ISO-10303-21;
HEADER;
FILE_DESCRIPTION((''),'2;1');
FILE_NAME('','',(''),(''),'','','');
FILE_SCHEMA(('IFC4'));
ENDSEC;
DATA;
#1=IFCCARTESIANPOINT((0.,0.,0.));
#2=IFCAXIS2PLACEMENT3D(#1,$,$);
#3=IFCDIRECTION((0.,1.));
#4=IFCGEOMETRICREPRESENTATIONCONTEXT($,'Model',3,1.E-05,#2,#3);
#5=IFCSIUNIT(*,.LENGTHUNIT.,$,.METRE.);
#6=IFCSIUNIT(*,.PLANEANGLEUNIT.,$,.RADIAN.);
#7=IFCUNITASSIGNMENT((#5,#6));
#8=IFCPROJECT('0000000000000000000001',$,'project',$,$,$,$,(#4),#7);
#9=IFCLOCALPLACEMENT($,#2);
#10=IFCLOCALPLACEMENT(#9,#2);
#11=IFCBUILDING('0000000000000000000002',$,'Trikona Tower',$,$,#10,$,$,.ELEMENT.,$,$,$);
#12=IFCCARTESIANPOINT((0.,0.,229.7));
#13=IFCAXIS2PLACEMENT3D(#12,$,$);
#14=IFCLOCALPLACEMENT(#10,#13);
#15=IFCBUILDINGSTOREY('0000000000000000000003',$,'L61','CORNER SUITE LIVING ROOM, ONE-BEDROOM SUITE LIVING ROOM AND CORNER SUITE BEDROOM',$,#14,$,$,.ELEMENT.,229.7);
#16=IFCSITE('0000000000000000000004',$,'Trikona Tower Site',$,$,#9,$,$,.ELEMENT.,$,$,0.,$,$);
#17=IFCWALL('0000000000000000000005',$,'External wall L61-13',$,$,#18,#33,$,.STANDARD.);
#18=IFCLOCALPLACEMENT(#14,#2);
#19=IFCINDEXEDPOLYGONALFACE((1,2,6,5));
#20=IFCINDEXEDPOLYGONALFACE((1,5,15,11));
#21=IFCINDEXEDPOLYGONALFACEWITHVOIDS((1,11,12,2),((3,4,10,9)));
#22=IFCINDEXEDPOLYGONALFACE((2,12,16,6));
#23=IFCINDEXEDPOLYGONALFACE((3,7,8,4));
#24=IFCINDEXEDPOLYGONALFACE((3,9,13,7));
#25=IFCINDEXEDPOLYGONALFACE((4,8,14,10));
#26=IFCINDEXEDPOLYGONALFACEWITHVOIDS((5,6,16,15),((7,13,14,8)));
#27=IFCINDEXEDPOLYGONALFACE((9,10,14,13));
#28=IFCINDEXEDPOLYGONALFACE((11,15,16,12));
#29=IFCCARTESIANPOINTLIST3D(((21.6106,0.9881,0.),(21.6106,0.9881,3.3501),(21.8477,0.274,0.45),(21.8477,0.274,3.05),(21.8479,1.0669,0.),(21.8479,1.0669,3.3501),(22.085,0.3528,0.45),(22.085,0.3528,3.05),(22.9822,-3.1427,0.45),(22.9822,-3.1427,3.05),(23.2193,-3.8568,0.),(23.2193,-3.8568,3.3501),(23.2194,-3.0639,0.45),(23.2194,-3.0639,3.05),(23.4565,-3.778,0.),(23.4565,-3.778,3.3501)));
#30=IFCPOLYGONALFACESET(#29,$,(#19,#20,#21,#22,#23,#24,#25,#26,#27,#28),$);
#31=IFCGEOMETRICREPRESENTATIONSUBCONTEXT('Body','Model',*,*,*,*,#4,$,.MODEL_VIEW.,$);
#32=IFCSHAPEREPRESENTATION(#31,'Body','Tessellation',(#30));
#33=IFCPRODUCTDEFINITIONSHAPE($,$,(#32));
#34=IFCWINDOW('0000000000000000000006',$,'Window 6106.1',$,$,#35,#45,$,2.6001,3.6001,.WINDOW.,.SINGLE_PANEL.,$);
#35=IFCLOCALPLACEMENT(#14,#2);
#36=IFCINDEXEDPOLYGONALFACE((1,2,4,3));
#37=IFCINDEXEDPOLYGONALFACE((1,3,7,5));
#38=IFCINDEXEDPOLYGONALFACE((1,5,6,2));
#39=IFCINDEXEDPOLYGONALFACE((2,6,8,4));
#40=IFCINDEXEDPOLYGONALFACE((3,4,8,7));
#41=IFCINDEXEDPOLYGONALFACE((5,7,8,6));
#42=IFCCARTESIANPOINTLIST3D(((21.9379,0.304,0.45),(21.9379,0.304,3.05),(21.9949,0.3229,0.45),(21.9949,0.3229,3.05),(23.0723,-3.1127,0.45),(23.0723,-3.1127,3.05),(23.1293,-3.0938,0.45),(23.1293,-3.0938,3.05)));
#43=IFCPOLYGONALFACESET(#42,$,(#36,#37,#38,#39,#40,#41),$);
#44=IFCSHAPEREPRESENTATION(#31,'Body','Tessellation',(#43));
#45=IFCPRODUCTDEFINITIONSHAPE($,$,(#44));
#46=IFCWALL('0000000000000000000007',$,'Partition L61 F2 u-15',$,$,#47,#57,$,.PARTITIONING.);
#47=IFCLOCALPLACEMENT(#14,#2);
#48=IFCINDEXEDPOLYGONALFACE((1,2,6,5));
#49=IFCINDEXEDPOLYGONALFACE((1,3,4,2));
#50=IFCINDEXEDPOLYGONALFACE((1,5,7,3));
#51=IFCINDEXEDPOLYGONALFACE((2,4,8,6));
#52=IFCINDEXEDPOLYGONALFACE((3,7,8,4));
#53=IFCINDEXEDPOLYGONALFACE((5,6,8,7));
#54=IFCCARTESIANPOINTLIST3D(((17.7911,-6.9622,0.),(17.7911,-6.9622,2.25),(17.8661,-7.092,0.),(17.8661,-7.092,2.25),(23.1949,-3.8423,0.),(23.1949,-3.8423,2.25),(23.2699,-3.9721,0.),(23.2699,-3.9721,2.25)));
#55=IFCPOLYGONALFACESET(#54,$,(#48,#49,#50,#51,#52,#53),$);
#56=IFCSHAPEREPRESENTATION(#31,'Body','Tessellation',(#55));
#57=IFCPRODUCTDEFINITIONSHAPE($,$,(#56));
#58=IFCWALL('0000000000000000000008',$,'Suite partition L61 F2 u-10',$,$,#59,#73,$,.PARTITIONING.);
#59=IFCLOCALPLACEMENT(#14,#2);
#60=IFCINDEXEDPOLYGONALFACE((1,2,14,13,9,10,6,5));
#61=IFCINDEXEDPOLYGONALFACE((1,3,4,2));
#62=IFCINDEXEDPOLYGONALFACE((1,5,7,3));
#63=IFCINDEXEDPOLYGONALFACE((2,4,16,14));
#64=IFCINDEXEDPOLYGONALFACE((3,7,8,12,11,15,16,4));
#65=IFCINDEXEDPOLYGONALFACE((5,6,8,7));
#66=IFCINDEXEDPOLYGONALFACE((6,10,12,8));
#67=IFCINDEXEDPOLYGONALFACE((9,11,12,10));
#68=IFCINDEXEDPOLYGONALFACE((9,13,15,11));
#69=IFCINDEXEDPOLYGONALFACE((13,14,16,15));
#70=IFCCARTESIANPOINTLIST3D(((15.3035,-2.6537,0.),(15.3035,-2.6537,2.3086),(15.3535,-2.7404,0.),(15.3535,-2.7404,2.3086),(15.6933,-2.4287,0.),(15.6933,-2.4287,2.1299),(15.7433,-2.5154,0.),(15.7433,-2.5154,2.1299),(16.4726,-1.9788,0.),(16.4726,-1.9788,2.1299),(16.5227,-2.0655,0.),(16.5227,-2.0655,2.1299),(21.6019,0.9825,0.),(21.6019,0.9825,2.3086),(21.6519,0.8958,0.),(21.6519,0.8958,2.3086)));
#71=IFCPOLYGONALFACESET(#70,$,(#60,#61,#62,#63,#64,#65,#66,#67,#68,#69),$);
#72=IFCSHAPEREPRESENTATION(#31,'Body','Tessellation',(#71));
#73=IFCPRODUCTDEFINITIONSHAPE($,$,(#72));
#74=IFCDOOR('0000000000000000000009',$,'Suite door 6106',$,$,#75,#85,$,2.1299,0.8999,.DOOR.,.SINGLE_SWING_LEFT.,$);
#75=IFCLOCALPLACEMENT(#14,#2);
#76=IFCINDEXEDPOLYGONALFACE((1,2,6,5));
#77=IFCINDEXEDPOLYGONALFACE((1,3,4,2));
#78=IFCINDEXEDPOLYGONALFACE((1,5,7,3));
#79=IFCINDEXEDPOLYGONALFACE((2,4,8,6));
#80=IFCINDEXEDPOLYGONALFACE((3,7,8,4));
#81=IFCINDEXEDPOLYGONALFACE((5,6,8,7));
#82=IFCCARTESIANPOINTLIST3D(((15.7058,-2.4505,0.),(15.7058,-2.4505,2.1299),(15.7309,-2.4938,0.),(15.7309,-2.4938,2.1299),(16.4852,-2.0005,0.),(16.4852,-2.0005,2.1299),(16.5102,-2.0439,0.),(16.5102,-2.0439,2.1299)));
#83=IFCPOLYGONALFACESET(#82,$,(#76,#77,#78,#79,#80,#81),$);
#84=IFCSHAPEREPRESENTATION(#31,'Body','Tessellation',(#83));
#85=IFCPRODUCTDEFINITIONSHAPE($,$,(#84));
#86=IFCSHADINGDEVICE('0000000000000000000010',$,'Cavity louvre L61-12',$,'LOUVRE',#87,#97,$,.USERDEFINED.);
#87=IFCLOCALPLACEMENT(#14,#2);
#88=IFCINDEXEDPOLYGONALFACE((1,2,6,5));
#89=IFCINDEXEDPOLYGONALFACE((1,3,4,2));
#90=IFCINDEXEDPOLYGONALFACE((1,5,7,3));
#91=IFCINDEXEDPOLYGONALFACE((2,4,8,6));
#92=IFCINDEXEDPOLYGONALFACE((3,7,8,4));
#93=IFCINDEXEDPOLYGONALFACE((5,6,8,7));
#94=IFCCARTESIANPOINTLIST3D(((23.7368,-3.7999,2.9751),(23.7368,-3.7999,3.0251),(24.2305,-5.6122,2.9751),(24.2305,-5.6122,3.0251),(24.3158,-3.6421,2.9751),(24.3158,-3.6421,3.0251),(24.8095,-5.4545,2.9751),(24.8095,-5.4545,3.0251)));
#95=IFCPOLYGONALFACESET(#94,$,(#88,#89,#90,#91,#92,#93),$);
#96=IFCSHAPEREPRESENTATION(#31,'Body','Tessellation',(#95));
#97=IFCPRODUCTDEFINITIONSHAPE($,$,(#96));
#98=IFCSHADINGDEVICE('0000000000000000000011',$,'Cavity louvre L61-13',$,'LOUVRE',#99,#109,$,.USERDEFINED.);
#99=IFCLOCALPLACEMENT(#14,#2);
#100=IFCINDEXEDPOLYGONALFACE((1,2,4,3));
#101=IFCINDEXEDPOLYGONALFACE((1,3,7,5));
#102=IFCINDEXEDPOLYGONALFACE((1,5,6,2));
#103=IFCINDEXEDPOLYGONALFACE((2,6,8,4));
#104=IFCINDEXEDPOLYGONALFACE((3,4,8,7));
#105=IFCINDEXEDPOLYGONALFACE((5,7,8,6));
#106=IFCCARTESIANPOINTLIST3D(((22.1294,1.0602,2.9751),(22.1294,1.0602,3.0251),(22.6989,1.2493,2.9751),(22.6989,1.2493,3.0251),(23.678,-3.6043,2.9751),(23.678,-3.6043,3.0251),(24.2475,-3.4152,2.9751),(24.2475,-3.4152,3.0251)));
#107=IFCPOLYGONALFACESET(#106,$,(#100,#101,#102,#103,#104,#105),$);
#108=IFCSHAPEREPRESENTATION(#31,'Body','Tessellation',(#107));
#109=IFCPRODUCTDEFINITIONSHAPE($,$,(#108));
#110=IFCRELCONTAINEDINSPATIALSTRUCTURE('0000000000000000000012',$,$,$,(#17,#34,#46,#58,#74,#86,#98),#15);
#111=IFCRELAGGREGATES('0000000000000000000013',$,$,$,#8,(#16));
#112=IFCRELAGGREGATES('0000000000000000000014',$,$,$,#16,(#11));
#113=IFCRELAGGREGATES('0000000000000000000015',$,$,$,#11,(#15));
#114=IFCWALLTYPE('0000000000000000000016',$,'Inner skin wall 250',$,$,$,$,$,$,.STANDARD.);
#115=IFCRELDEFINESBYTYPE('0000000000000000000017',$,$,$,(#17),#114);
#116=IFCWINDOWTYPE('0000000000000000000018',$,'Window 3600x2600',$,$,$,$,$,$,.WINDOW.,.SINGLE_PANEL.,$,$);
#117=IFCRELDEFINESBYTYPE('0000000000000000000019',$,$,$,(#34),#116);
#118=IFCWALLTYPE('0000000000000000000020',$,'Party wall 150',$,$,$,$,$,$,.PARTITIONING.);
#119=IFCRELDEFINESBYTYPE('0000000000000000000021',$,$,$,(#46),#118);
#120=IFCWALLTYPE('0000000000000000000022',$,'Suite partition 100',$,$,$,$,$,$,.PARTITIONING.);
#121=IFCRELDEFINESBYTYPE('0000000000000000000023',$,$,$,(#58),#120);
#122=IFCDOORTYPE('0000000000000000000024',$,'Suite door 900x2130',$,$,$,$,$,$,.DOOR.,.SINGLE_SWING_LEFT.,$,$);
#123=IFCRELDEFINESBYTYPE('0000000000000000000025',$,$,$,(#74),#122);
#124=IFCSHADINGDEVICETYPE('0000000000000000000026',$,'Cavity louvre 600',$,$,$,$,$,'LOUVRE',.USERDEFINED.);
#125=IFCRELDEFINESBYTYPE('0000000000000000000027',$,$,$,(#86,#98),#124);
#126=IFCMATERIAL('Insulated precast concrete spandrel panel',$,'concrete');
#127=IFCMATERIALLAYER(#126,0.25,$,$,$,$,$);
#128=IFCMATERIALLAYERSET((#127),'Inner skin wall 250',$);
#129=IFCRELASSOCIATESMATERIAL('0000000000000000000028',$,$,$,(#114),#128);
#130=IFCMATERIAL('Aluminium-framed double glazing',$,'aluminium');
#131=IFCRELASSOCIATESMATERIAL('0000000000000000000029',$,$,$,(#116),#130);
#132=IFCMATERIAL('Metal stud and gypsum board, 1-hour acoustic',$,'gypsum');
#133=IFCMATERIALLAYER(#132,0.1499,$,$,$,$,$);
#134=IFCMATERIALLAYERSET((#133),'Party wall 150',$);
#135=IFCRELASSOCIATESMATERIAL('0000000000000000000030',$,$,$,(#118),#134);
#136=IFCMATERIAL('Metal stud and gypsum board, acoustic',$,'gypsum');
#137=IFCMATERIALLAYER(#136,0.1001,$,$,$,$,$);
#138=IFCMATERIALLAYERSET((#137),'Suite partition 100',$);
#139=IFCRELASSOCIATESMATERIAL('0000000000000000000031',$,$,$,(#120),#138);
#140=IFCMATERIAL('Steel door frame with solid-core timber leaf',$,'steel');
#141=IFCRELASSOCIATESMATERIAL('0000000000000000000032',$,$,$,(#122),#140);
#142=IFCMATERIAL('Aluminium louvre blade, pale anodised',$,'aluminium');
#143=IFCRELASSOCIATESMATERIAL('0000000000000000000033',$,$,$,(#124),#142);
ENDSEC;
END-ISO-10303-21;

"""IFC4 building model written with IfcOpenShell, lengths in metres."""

from ifc_helpers import new_model, si_unit, direction, frame, frame_2d, origin, origin_2d, place, context, subcontext, project, spatial, rectangle, extrude, material, layer, layer_set, type_object, element, fill, save


model = new_model("IFC4")

# Units and contexts
model_context = context("Model", 3, precision=1e-05, world=origin(), true_north=direction((0.0, 1.0)))
body_context = subcontext(model_context, "Body", "Model", "MODEL_VIEW")
ifc_project = project(units=[si_unit("LENGTHUNIT", "METRE"), si_unit("PLANEANGLEUNIT", "RADIAN")], contexts=[model_context])

# Site, building, storey
site_placement = place(None, origin())
site = spatial("IfcSite", under=ifc_project, at=site_placement, Name="Trikona Tower Site", CompositionType="ELEMENT", RefElevation=0.0)
building_placement = place(site_placement, origin())
building = spatial("IfcBuilding", under=site, at=building_placement, Name="Trikona Tower", CompositionType="ELEMENT")
storey_placement = place(building_placement, frame((0.0, 0.0, 229.7)))
storey = spatial("IfcBuildingStorey", under=building, at=storey_placement, Name="L61", Description="CORNER SUITE LIVING ROOM, ONE-BEDROOM SUITE LIVING ROOM AND CORNER SUITE BEDROOM", CompositionType="ELEMENT", Elevation=229.7)

# Shared definitions
ifc_material_1 = material(Name="Insulated precast concrete spandrel panel", Category="concrete")
ifc_layer_1 = layer(ifc_material_1, 0.25)
ifc_layer_set_1 = layer_set([ifc_layer_1], Name="Inner skin wall 250")
wall_type_1 = type_object("IfcWallType", Name="Inner skin wall 250", PredefinedType="STANDARD", material=ifc_layer_set_1)

# Wall, opening, window
wall_1_placement = place(storey_placement, frame((23.3379, -3.8174, 0.0), z_axis=(0.0, 0.0, 1.0), x_axis=(-0.315108, 0.949056, 0.0)))
wall_1 = element("IfcWall", 1, at=wall_1_placement, inside=storey, type_object=wall_type_1, Name="External wall L61-13", PredefinedType="STANDARD", context=body_context, shape_type="SweptSolid", body=[
    extrude(rectangle(XDim=5.105, YDim=0.25, at=frame_2d((2.5525, 0.0))), origin(), (0.0, 0.0, 1.0), 3.3501),
])
opening_1_placement = place(wall_1_placement, frame((0.7524, 0.0, 0.45)))
opening_1 = element("IfcOpeningElement", 2, at=opening_1_placement, cuts=wall_1, PredefinedType="OPENING", context=body_context, shape_type="SweptSolid", body=[
    extrude(rectangle(XDim=3.6001, YDim=2.6001, at=frame_2d((1.8, 1.3))), frame((0.0, 0.135, 0.0), z_axis=(0.0, -1.0, 0.0), x_axis=(1.0, 0.0, 0.0)), (0.0, 0.0, 1.0), 0.27),
])
ifc_material_2 = material(Name="Aluminium-framed double glazing", Category="aluminium")
window_type = type_object("IfcWindowType", Name="Window 3600x2600", PartitioningType="SINGLE_PANEL", PredefinedType="WINDOW", material=ifc_material_2)
window_placement = place(opening_1_placement, origin())
window = element("IfcWindow", 3, at=window_placement, inside=storey, type_object=window_type, Name="Window 6106.1", OverallHeight=2.6001, OverallWidth=3.6001, PartitioningType="SINGLE_PANEL", PredefinedType="WINDOW", context=body_context, shape_type="SweptSolid", body=[
    extrude(rectangle(XDim=3.6001, YDim=2.6001, at=frame_2d((1.8, 1.3))), frame((0.0, 0.03, 0.0), z_axis=(0.0, -1.0, 0.0), x_axis=(1.0, 0.0, 0.0)), (0.0, 0.0, 1.0), 0.0601),
])
fill(opening_1, window)

# Wall
ifc_material_3 = material(Name="Metal stud and gypsum board, 1-hour acoustic", Category="gypsum")
ifc_layer_2 = layer(ifc_material_3, 0.1499)
ifc_layer_set_2 = layer_set([ifc_layer_2], Name="Party wall 150")
wall_type_2 = type_object("IfcWallType", Name="Party wall 150", PredefinedType="PARTITIONING", material=ifc_layer_set_2)
wall_2_placement = place(storey_placement, frame((17.8286, -7.0271, 0.0), z_axis=(0.0, 0.0, 1.0), x_axis=(0.866027, 0.499998, 0.0)))
element("IfcWall", 4, at=wall_2_placement, inside=storey, type_object=wall_type_2, Name="Partition L61 F2 u-15", PredefinedType="PARTITIONING", context=body_context, shape_type="SweptSolid", body=[
    extrude(rectangle(XDim=6.2397, YDim=0.1499, at=frame_2d((3.1199, 0.0))), origin(), (0.0, 0.0, 1.0), 2.25),
])

# Wall, opening, door
ifc_material_4 = material(Name="Metal stud and gypsum board, acoustic", Category="gypsum")
ifc_layer_3 = layer(ifc_material_4, 0.1001)
ifc_layer_set_3 = layer_set([ifc_layer_3], Name="Suite partition 100")
wall_type_3 = type_object("IfcWallType", Name="Suite partition 100", PredefinedType="PARTITIONING", material=ifc_layer_set_3)
wall_3_placement = place(storey_placement, frame((15.3286, -2.697, 0.0), z_axis=(0.0, 0.0, 1.0), x_axis=(0.866032, 0.499988, 0.0)))
wall_3 = element("IfcWall", 5, at=wall_3_placement, inside=storey, type_object=wall_type_3, Name="Suite partition L61 F2 u-10", PredefinedType="PARTITIONING", context=body_context, shape_type="SweptSolid", body=[
    extrude(rectangle(XDim=7.2727, YDim=0.1001, at=frame_2d((3.6362, 0.0))), origin(), (0.0, 0.0, 1.0), 2.3086),
])
opening_2_placement = place(wall_3_placement, frame((0.45, 0.0, 0.0)))
opening_2 = element("IfcOpeningElement", 6, at=opening_2_placement, cuts=wall_3, PredefinedType="OPENING", context=body_context, shape_type="SweptSolid", body=[
    extrude(rectangle(XDim=0.8999, YDim=2.1299, at=frame_2d((0.45, 1.0649))), frame((0.0, 0.0601, 0.0), z_axis=(0.0, -1.0, 0.0), x_axis=(1.0, 0.0, 0.0)), (0.0, 0.0, 1.0), 0.1201),
])
ifc_material_5 = material(Name="Steel door frame with solid-core timber leaf", Category="steel")
door_type_1 = type_object("IfcDoorType", Name="Suite door 900x2130", OperationType="SINGLE_SWING_LEFT", PredefinedType="DOOR", material=ifc_material_5)
door_1_placement = place(opening_2_placement, origin())
door_1 = element("IfcDoor", 7, at=door_1_placement, inside=storey, type_object=door_type_1, Name="Suite door 6106", OperationType="SINGLE_SWING_LEFT", OverallHeight=2.1299, OverallWidth=0.8999, PredefinedType="DOOR", context=body_context, shape_type="SweptSolid", body=[
    extrude(rectangle(XDim=0.8999, YDim=2.1299, at=frame_2d((0.45, 1.0649))), frame((0.0, 0.0249, 0.0), z_axis=(0.0, -1.0, 0.0), x_axis=(1.0, 0.0, 0.0)), (0.0, 0.0, 1.0), 0.05),
])
fill(opening_2, door_1)

# Shading devices
ifc_material_6 = material(Name="Aluminium louvre blade, pale anodised", Category="aluminium")
shading_device_type = type_object("IfcShadingDeviceType", Name="Cavity louvre 600", ElementType="LOUVRE", PredefinedType="USERDEFINED", material=ifc_material_6)
shading_device_1_placement = place(storey_placement, frame((24.2732, -4.6272, 2.9751), z_axis=(0.0, 0.0, 1.0), x_axis=(-0.262822, 0.964844, 0.0)))
element("IfcShadingDevice", 8, at=shading_device_1_placement, inside=storey, type_object=shading_device_type, Name="Cavity louvre L61-12", ObjectType="LOUVRE", PredefinedType="USERDEFINED", context=body_context, shape_type="SweptSolid", body=[
    extrude(rectangle(XDim=1.8784, YDim=0.6001, at=origin_2d()), origin(), (0.0, 0.0, 1.0), 0.05),
])
shading_device_2_placement = place(storey_placement, frame((23.1885, -1.1775, 2.9751), z_axis=(0.0, 0.0, 1.0), x_axis=(-0.315093, 0.949061, 0.0)))
element("IfcShadingDevice", 9, at=shading_device_2_placement, inside=storey, type_object=shading_device_type, Name="Cavity louvre L61-13", ObjectType="LOUVRE", PredefinedType="USERDEFINED", context=body_context, shape_type="SweptSolid", body=[
    extrude(rectangle(XDim=4.9148, YDim=0.6001, at=origin_2d()), origin(), (0.0, 0.0, 1.0), 0.05),
])

save(model, "model.ifc")
